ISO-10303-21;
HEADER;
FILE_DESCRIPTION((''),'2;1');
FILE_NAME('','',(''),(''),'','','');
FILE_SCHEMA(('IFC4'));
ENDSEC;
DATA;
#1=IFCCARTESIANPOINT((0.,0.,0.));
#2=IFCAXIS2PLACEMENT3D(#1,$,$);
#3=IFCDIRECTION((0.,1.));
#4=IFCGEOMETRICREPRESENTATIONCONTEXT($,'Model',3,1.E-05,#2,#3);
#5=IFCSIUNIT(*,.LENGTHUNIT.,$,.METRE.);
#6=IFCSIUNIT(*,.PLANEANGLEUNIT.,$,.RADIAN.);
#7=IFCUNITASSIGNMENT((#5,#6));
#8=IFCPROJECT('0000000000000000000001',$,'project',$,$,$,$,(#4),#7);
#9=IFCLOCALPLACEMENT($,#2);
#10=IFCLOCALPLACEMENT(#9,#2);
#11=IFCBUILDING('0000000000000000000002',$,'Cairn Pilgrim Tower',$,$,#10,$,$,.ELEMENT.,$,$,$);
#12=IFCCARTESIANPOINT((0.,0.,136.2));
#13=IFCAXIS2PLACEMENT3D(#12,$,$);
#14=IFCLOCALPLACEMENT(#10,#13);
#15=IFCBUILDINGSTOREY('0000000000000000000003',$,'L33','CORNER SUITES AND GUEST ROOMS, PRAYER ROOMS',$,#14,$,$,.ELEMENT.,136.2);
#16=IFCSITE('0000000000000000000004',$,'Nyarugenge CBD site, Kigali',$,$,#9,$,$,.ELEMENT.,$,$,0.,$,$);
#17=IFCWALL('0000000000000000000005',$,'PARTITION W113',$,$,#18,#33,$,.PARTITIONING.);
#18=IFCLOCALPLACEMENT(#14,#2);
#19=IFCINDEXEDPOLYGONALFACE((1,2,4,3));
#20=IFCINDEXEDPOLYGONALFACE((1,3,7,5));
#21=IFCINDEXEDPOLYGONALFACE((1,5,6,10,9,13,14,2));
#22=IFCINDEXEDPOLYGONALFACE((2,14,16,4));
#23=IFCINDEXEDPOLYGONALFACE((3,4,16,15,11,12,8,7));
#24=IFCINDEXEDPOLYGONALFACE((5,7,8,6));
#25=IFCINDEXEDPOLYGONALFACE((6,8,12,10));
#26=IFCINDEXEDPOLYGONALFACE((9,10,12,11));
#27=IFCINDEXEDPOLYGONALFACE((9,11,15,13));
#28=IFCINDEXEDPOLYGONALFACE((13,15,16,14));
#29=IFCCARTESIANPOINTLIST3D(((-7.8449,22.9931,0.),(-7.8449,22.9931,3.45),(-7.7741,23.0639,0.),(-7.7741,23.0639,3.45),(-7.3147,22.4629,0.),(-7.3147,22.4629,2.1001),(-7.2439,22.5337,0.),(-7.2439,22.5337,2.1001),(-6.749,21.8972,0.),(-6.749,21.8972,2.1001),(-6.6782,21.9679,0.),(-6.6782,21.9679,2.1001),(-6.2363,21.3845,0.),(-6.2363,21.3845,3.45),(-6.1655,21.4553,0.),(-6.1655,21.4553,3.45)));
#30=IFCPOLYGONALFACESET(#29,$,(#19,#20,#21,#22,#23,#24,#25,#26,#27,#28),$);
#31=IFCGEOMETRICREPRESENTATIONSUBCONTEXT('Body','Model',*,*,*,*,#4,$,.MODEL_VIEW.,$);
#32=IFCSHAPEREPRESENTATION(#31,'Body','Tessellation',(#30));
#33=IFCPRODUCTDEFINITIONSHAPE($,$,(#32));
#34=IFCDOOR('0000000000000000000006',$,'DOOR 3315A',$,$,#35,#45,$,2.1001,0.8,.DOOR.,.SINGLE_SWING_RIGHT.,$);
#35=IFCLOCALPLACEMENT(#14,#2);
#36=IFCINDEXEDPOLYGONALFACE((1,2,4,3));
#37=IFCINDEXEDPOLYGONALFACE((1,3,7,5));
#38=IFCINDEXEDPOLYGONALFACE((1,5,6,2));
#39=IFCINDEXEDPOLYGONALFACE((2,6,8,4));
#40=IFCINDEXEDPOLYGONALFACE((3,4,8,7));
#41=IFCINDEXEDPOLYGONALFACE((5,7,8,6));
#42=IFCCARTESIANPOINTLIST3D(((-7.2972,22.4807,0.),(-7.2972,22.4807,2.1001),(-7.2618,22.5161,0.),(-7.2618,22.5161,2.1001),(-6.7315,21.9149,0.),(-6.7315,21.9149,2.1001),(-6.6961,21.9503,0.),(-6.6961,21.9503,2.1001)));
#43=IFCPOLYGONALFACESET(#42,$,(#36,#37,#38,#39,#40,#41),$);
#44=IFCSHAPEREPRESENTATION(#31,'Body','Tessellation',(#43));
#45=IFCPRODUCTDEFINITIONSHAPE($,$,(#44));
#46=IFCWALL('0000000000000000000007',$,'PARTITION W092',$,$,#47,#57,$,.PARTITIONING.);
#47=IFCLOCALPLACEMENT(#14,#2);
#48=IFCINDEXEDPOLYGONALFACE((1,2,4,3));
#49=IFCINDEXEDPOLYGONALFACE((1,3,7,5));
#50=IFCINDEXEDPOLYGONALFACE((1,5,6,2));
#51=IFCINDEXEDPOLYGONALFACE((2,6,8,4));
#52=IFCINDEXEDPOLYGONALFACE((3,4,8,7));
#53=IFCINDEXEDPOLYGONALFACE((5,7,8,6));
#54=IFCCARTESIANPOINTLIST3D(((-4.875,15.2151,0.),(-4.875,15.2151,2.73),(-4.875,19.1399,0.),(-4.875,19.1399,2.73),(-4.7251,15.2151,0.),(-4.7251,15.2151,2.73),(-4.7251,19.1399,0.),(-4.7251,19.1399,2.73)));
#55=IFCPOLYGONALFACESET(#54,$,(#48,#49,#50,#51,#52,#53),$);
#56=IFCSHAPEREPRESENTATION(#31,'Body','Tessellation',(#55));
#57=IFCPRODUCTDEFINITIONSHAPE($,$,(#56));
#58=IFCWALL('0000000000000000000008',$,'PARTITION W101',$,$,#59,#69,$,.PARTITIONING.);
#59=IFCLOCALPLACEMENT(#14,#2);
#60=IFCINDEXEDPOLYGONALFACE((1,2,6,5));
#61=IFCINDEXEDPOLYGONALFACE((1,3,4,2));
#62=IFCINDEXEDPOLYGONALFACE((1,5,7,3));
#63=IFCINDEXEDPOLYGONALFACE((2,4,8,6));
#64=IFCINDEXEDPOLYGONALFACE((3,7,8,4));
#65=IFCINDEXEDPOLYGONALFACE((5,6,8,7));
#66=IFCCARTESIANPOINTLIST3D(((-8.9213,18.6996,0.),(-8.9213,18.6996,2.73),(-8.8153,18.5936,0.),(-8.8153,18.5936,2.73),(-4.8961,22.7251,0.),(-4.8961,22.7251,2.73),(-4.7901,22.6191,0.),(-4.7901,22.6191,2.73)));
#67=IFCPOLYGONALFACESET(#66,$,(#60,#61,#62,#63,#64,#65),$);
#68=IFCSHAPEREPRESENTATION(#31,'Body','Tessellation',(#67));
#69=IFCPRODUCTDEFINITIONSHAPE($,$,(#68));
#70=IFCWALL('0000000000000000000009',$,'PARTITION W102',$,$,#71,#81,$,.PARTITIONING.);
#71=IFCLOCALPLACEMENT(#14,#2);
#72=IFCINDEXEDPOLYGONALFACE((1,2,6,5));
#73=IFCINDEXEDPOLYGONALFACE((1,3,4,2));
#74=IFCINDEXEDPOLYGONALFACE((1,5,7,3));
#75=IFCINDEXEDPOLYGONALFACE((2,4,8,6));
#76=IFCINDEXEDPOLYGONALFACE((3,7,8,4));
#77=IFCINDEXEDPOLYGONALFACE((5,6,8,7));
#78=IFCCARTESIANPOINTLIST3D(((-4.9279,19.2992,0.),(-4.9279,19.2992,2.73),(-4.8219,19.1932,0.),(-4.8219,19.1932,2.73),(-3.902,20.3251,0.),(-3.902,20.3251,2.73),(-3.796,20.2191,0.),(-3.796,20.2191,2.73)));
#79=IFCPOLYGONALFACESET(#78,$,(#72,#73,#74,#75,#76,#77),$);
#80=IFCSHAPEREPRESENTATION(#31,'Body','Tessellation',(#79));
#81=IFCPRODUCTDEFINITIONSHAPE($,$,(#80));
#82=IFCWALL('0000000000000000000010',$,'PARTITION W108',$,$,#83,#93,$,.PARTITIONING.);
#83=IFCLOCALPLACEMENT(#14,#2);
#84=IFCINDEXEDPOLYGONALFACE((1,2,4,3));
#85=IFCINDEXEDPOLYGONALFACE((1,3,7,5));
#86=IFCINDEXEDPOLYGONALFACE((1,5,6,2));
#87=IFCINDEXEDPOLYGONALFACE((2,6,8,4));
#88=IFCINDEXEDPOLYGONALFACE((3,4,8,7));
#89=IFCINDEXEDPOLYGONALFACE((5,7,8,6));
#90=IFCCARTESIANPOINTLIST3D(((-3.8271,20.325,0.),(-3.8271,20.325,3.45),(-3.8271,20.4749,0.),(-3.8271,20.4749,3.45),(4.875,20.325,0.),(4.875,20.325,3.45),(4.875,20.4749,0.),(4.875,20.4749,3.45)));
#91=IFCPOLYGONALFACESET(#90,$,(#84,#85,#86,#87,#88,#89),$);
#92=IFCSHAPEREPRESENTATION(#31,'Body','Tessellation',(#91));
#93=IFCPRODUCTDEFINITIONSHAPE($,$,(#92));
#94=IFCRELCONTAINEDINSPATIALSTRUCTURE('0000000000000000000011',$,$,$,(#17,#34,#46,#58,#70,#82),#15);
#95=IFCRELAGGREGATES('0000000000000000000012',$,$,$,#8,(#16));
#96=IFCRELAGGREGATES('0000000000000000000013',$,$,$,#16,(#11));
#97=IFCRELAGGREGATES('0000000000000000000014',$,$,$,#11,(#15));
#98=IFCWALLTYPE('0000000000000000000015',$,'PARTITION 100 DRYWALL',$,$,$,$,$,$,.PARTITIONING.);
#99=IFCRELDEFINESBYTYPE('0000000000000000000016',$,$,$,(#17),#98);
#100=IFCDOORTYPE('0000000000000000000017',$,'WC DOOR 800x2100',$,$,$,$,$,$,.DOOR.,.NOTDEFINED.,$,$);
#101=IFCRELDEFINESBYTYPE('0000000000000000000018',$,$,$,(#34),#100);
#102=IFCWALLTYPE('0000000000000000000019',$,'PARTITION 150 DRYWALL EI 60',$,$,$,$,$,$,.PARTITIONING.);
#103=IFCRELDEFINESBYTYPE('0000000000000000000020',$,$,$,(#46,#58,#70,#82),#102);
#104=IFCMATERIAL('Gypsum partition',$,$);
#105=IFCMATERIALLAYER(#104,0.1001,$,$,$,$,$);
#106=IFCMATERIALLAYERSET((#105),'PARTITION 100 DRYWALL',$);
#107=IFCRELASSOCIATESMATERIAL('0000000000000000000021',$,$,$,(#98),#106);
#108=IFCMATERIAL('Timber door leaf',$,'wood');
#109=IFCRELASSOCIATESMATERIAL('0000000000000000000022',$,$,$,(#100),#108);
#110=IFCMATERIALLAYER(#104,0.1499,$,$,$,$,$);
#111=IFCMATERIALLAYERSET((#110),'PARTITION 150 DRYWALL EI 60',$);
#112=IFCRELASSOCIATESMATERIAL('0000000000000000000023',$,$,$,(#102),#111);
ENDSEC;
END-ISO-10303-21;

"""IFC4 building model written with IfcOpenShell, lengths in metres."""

from ifc_helpers import new_model, si_unit, direction, frame, frame_2d, origin, place, context, subcontext, project, spatial, rectangle, extrude, material, layer, layer_set, type_object, element, fill, save


model = new_model("IFC4")

# Units and contexts
model_context = context("Model", 3, precision=1e-05, world=origin(), true_north=direction((0.0, 1.0)))
body_context = subcontext(model_context, "Body", "Model", "MODEL_VIEW")
ifc_project = project(units=[si_unit("LENGTHUNIT", "METRE"), si_unit("PLANEANGLEUNIT", "RADIAN")], contexts=[model_context])

# Site, building, storey
site_placement = place(None, origin())
site = spatial("IfcSite", under=ifc_project, at=site_placement, Name="Nyarugenge CBD site, Kigali", CompositionType="ELEMENT", RefElevation=0.0)
building_placement = place(site_placement, origin())
building = spatial("IfcBuilding", under=site, at=building_placement, Name="Cairn Pilgrim Tower", CompositionType="ELEMENT")
storey_placement = place(building_placement, frame((0.0, 0.0, 136.2)))
storey = spatial("IfcBuildingStorey", under=building, at=storey_placement, Name="L33", Description="CORNER SUITES AND GUEST ROOMS, PRAYER ROOMS", CompositionType="ELEMENT", Elevation=136.2)

# Wall, opening, door
ifc_material_1 = material(Name="Gypsum partition")
ifc_layer_1 = layer(ifc_material_1, 0.1001)
ifc_layer_set_1 = layer_set([ifc_layer_1], Name="PARTITION 100 DRYWALL")
wall_type_1 = type_object("IfcWallType", Name="PARTITION 100 DRYWALL", PredefinedType="PARTITIONING", material=ifc_layer_set_1)
wall_1_placement = place(storey_placement, frame((-6.2009, 21.4199, 0.0), z_axis=(0.0, 0.0, 1.0), x_axis=(-0.707107, 0.707107, 0.0)))
wall_1 = element("IfcWall", 1, at=wall_1_placement, inside=storey, type_object=wall_type_1, Name="PARTITION W113", PredefinedType="PARTITIONING", context=body_context, shape_type="SweptSolid", body=[
    extrude(rectangle(XDim=2.2749, YDim=0.1001, at=frame_2d((1.1375, 0.0))), origin(), (0.0, 0.0, 1.0), 3.45),
])
opening_1_placement = place(wall_1_placement, frame((0.7251, 0.0, 0.0)))
opening_1 = element("IfcOpeningElement", 2, at=opening_1_placement, cuts=wall_1, PredefinedType="OPENING", context=body_context, shape_type="SweptSolid", body=[
    extrude(rectangle(XDim=0.8, YDim=2.1001, at=frame_2d((0.3999, 1.05))), frame((0.0, 0.0601, 0.0), z_axis=(0.0, -1.0, 0.0), x_axis=(1.0, 0.0, 0.0)), (0.0, 0.0, 1.0), 0.1201),
])
ifc_material_2 = material(Name="Timber door leaf", Category="wood")
door_type_1 = type_object("IfcDoorType", Name="WC DOOR 800x2100", OperationType="NOTDEFINED", PredefinedType="DOOR", material=ifc_material_2)
door_1_placement = place(opening_1_placement, frame((0.8, 0.0, 0.0), z_axis=(0.0, 0.0, 1.0), x_axis=(-1.0, 0.0, 0.0)))
door_1 = element("IfcDoor", 3, at=door_1_placement, inside=storey, type_object=door_type_1, Name="DOOR 3315A", OperationType="SINGLE_SWING_RIGHT", OverallHeight=2.1001, OverallWidth=0.8, PredefinedType="DOOR", context=body_context, shape_type="SweptSolid", body=[
    extrude(rectangle(XDim=0.8, YDim=2.1001, at=frame_2d((0.3999, 1.05))), frame((0.0, 0.0249, 0.0), z_axis=(0.0, -1.0, 0.0), x_axis=(1.0, 0.0, 0.0)), (0.0, 0.0, 1.0), 0.05),
])
fill(opening_1, door_1)

# Walls
ifc_layer_2 = layer(ifc_material_1, 0.1499)
ifc_layer_set_2 = layer_set([ifc_layer_2], Name="PARTITION 150 DRYWALL EI 60")
wall_type_2 = type_object("IfcWallType", Name="PARTITION 150 DRYWALL EI 60", PredefinedType="PARTITIONING", material=ifc_layer_set_2)
wall_2_placement = place(storey_placement, frame((-4.8, 15.2151, 0.0), z_axis=(0.0, 0.0, 1.0), x_axis=(0.0, 1.0, 0.0)))
element("IfcWall", 4, at=wall_2_placement, inside=storey, type_object=wall_type_2, Name="PARTITION W092", PredefinedType="PARTITIONING", context=body_context, shape_type="SweptSolid", body=[
    extrude(rectangle(XDim=3.9248, YDim=0.1499, at=frame_2d((1.9624, 0.0))), origin(), (0.0, 0.0, 1.0), 2.73),
])
wall_3_placement = place(storey_placement, frame((-8.8682, 18.6467, 0.0), z_axis=(0.0, 0.0, 1.0), x_axis=(0.707085, 0.707128, 0.0)))
element("IfcWall", 5, at=wall_3_placement, inside=storey, type_object=wall_type_2, Name="PARTITION W101", PredefinedType="PARTITIONING", context=body_context, shape_type="SweptSolid", body=[
    extrude(rectangle(XDim=5.6926, YDim=0.1499, at=frame_2d((2.8462, 0.0))), origin(), (0.0, 0.0, 1.0), 2.73),
])
wall_4_placement = place(storey_placement, frame((-4.875, 19.2461, 0.0), z_axis=(0.0, 0.0, 1.0), x_axis=(0.707107, 0.707107, 0.0)))
element("IfcWall", 6, at=wall_4_placement, inside=storey, type_object=wall_type_2, Name="PARTITION W102", PredefinedType="PARTITIONING", context=body_context, shape_type="SweptSolid", body=[
    extrude(rectangle(XDim=1.4509, YDim=0.1499, at=frame_2d((0.7256, 0.0))), origin(), (0.0, 0.0, 1.0), 2.73),
])
wall_5_placement = place(storey_placement, frame((-3.8271, 20.3999, 0.0), z_axis=(0.0, 0.0, 1.0), x_axis=(1.0, 0.0, 0.0)))
element("IfcWall", 7, at=wall_5_placement, inside=storey, type_object=wall_type_2, Name="PARTITION W108", PredefinedType="PARTITIONING", context=body_context, shape_type="SweptSolid", body=[
    extrude(rectangle(XDim=8.7021, YDim=0.1499, at=frame_2d((4.3511, 0.0))), origin(), (0.0, 0.0, 1.0), 3.45),
])

save(model, "model.ifc")
